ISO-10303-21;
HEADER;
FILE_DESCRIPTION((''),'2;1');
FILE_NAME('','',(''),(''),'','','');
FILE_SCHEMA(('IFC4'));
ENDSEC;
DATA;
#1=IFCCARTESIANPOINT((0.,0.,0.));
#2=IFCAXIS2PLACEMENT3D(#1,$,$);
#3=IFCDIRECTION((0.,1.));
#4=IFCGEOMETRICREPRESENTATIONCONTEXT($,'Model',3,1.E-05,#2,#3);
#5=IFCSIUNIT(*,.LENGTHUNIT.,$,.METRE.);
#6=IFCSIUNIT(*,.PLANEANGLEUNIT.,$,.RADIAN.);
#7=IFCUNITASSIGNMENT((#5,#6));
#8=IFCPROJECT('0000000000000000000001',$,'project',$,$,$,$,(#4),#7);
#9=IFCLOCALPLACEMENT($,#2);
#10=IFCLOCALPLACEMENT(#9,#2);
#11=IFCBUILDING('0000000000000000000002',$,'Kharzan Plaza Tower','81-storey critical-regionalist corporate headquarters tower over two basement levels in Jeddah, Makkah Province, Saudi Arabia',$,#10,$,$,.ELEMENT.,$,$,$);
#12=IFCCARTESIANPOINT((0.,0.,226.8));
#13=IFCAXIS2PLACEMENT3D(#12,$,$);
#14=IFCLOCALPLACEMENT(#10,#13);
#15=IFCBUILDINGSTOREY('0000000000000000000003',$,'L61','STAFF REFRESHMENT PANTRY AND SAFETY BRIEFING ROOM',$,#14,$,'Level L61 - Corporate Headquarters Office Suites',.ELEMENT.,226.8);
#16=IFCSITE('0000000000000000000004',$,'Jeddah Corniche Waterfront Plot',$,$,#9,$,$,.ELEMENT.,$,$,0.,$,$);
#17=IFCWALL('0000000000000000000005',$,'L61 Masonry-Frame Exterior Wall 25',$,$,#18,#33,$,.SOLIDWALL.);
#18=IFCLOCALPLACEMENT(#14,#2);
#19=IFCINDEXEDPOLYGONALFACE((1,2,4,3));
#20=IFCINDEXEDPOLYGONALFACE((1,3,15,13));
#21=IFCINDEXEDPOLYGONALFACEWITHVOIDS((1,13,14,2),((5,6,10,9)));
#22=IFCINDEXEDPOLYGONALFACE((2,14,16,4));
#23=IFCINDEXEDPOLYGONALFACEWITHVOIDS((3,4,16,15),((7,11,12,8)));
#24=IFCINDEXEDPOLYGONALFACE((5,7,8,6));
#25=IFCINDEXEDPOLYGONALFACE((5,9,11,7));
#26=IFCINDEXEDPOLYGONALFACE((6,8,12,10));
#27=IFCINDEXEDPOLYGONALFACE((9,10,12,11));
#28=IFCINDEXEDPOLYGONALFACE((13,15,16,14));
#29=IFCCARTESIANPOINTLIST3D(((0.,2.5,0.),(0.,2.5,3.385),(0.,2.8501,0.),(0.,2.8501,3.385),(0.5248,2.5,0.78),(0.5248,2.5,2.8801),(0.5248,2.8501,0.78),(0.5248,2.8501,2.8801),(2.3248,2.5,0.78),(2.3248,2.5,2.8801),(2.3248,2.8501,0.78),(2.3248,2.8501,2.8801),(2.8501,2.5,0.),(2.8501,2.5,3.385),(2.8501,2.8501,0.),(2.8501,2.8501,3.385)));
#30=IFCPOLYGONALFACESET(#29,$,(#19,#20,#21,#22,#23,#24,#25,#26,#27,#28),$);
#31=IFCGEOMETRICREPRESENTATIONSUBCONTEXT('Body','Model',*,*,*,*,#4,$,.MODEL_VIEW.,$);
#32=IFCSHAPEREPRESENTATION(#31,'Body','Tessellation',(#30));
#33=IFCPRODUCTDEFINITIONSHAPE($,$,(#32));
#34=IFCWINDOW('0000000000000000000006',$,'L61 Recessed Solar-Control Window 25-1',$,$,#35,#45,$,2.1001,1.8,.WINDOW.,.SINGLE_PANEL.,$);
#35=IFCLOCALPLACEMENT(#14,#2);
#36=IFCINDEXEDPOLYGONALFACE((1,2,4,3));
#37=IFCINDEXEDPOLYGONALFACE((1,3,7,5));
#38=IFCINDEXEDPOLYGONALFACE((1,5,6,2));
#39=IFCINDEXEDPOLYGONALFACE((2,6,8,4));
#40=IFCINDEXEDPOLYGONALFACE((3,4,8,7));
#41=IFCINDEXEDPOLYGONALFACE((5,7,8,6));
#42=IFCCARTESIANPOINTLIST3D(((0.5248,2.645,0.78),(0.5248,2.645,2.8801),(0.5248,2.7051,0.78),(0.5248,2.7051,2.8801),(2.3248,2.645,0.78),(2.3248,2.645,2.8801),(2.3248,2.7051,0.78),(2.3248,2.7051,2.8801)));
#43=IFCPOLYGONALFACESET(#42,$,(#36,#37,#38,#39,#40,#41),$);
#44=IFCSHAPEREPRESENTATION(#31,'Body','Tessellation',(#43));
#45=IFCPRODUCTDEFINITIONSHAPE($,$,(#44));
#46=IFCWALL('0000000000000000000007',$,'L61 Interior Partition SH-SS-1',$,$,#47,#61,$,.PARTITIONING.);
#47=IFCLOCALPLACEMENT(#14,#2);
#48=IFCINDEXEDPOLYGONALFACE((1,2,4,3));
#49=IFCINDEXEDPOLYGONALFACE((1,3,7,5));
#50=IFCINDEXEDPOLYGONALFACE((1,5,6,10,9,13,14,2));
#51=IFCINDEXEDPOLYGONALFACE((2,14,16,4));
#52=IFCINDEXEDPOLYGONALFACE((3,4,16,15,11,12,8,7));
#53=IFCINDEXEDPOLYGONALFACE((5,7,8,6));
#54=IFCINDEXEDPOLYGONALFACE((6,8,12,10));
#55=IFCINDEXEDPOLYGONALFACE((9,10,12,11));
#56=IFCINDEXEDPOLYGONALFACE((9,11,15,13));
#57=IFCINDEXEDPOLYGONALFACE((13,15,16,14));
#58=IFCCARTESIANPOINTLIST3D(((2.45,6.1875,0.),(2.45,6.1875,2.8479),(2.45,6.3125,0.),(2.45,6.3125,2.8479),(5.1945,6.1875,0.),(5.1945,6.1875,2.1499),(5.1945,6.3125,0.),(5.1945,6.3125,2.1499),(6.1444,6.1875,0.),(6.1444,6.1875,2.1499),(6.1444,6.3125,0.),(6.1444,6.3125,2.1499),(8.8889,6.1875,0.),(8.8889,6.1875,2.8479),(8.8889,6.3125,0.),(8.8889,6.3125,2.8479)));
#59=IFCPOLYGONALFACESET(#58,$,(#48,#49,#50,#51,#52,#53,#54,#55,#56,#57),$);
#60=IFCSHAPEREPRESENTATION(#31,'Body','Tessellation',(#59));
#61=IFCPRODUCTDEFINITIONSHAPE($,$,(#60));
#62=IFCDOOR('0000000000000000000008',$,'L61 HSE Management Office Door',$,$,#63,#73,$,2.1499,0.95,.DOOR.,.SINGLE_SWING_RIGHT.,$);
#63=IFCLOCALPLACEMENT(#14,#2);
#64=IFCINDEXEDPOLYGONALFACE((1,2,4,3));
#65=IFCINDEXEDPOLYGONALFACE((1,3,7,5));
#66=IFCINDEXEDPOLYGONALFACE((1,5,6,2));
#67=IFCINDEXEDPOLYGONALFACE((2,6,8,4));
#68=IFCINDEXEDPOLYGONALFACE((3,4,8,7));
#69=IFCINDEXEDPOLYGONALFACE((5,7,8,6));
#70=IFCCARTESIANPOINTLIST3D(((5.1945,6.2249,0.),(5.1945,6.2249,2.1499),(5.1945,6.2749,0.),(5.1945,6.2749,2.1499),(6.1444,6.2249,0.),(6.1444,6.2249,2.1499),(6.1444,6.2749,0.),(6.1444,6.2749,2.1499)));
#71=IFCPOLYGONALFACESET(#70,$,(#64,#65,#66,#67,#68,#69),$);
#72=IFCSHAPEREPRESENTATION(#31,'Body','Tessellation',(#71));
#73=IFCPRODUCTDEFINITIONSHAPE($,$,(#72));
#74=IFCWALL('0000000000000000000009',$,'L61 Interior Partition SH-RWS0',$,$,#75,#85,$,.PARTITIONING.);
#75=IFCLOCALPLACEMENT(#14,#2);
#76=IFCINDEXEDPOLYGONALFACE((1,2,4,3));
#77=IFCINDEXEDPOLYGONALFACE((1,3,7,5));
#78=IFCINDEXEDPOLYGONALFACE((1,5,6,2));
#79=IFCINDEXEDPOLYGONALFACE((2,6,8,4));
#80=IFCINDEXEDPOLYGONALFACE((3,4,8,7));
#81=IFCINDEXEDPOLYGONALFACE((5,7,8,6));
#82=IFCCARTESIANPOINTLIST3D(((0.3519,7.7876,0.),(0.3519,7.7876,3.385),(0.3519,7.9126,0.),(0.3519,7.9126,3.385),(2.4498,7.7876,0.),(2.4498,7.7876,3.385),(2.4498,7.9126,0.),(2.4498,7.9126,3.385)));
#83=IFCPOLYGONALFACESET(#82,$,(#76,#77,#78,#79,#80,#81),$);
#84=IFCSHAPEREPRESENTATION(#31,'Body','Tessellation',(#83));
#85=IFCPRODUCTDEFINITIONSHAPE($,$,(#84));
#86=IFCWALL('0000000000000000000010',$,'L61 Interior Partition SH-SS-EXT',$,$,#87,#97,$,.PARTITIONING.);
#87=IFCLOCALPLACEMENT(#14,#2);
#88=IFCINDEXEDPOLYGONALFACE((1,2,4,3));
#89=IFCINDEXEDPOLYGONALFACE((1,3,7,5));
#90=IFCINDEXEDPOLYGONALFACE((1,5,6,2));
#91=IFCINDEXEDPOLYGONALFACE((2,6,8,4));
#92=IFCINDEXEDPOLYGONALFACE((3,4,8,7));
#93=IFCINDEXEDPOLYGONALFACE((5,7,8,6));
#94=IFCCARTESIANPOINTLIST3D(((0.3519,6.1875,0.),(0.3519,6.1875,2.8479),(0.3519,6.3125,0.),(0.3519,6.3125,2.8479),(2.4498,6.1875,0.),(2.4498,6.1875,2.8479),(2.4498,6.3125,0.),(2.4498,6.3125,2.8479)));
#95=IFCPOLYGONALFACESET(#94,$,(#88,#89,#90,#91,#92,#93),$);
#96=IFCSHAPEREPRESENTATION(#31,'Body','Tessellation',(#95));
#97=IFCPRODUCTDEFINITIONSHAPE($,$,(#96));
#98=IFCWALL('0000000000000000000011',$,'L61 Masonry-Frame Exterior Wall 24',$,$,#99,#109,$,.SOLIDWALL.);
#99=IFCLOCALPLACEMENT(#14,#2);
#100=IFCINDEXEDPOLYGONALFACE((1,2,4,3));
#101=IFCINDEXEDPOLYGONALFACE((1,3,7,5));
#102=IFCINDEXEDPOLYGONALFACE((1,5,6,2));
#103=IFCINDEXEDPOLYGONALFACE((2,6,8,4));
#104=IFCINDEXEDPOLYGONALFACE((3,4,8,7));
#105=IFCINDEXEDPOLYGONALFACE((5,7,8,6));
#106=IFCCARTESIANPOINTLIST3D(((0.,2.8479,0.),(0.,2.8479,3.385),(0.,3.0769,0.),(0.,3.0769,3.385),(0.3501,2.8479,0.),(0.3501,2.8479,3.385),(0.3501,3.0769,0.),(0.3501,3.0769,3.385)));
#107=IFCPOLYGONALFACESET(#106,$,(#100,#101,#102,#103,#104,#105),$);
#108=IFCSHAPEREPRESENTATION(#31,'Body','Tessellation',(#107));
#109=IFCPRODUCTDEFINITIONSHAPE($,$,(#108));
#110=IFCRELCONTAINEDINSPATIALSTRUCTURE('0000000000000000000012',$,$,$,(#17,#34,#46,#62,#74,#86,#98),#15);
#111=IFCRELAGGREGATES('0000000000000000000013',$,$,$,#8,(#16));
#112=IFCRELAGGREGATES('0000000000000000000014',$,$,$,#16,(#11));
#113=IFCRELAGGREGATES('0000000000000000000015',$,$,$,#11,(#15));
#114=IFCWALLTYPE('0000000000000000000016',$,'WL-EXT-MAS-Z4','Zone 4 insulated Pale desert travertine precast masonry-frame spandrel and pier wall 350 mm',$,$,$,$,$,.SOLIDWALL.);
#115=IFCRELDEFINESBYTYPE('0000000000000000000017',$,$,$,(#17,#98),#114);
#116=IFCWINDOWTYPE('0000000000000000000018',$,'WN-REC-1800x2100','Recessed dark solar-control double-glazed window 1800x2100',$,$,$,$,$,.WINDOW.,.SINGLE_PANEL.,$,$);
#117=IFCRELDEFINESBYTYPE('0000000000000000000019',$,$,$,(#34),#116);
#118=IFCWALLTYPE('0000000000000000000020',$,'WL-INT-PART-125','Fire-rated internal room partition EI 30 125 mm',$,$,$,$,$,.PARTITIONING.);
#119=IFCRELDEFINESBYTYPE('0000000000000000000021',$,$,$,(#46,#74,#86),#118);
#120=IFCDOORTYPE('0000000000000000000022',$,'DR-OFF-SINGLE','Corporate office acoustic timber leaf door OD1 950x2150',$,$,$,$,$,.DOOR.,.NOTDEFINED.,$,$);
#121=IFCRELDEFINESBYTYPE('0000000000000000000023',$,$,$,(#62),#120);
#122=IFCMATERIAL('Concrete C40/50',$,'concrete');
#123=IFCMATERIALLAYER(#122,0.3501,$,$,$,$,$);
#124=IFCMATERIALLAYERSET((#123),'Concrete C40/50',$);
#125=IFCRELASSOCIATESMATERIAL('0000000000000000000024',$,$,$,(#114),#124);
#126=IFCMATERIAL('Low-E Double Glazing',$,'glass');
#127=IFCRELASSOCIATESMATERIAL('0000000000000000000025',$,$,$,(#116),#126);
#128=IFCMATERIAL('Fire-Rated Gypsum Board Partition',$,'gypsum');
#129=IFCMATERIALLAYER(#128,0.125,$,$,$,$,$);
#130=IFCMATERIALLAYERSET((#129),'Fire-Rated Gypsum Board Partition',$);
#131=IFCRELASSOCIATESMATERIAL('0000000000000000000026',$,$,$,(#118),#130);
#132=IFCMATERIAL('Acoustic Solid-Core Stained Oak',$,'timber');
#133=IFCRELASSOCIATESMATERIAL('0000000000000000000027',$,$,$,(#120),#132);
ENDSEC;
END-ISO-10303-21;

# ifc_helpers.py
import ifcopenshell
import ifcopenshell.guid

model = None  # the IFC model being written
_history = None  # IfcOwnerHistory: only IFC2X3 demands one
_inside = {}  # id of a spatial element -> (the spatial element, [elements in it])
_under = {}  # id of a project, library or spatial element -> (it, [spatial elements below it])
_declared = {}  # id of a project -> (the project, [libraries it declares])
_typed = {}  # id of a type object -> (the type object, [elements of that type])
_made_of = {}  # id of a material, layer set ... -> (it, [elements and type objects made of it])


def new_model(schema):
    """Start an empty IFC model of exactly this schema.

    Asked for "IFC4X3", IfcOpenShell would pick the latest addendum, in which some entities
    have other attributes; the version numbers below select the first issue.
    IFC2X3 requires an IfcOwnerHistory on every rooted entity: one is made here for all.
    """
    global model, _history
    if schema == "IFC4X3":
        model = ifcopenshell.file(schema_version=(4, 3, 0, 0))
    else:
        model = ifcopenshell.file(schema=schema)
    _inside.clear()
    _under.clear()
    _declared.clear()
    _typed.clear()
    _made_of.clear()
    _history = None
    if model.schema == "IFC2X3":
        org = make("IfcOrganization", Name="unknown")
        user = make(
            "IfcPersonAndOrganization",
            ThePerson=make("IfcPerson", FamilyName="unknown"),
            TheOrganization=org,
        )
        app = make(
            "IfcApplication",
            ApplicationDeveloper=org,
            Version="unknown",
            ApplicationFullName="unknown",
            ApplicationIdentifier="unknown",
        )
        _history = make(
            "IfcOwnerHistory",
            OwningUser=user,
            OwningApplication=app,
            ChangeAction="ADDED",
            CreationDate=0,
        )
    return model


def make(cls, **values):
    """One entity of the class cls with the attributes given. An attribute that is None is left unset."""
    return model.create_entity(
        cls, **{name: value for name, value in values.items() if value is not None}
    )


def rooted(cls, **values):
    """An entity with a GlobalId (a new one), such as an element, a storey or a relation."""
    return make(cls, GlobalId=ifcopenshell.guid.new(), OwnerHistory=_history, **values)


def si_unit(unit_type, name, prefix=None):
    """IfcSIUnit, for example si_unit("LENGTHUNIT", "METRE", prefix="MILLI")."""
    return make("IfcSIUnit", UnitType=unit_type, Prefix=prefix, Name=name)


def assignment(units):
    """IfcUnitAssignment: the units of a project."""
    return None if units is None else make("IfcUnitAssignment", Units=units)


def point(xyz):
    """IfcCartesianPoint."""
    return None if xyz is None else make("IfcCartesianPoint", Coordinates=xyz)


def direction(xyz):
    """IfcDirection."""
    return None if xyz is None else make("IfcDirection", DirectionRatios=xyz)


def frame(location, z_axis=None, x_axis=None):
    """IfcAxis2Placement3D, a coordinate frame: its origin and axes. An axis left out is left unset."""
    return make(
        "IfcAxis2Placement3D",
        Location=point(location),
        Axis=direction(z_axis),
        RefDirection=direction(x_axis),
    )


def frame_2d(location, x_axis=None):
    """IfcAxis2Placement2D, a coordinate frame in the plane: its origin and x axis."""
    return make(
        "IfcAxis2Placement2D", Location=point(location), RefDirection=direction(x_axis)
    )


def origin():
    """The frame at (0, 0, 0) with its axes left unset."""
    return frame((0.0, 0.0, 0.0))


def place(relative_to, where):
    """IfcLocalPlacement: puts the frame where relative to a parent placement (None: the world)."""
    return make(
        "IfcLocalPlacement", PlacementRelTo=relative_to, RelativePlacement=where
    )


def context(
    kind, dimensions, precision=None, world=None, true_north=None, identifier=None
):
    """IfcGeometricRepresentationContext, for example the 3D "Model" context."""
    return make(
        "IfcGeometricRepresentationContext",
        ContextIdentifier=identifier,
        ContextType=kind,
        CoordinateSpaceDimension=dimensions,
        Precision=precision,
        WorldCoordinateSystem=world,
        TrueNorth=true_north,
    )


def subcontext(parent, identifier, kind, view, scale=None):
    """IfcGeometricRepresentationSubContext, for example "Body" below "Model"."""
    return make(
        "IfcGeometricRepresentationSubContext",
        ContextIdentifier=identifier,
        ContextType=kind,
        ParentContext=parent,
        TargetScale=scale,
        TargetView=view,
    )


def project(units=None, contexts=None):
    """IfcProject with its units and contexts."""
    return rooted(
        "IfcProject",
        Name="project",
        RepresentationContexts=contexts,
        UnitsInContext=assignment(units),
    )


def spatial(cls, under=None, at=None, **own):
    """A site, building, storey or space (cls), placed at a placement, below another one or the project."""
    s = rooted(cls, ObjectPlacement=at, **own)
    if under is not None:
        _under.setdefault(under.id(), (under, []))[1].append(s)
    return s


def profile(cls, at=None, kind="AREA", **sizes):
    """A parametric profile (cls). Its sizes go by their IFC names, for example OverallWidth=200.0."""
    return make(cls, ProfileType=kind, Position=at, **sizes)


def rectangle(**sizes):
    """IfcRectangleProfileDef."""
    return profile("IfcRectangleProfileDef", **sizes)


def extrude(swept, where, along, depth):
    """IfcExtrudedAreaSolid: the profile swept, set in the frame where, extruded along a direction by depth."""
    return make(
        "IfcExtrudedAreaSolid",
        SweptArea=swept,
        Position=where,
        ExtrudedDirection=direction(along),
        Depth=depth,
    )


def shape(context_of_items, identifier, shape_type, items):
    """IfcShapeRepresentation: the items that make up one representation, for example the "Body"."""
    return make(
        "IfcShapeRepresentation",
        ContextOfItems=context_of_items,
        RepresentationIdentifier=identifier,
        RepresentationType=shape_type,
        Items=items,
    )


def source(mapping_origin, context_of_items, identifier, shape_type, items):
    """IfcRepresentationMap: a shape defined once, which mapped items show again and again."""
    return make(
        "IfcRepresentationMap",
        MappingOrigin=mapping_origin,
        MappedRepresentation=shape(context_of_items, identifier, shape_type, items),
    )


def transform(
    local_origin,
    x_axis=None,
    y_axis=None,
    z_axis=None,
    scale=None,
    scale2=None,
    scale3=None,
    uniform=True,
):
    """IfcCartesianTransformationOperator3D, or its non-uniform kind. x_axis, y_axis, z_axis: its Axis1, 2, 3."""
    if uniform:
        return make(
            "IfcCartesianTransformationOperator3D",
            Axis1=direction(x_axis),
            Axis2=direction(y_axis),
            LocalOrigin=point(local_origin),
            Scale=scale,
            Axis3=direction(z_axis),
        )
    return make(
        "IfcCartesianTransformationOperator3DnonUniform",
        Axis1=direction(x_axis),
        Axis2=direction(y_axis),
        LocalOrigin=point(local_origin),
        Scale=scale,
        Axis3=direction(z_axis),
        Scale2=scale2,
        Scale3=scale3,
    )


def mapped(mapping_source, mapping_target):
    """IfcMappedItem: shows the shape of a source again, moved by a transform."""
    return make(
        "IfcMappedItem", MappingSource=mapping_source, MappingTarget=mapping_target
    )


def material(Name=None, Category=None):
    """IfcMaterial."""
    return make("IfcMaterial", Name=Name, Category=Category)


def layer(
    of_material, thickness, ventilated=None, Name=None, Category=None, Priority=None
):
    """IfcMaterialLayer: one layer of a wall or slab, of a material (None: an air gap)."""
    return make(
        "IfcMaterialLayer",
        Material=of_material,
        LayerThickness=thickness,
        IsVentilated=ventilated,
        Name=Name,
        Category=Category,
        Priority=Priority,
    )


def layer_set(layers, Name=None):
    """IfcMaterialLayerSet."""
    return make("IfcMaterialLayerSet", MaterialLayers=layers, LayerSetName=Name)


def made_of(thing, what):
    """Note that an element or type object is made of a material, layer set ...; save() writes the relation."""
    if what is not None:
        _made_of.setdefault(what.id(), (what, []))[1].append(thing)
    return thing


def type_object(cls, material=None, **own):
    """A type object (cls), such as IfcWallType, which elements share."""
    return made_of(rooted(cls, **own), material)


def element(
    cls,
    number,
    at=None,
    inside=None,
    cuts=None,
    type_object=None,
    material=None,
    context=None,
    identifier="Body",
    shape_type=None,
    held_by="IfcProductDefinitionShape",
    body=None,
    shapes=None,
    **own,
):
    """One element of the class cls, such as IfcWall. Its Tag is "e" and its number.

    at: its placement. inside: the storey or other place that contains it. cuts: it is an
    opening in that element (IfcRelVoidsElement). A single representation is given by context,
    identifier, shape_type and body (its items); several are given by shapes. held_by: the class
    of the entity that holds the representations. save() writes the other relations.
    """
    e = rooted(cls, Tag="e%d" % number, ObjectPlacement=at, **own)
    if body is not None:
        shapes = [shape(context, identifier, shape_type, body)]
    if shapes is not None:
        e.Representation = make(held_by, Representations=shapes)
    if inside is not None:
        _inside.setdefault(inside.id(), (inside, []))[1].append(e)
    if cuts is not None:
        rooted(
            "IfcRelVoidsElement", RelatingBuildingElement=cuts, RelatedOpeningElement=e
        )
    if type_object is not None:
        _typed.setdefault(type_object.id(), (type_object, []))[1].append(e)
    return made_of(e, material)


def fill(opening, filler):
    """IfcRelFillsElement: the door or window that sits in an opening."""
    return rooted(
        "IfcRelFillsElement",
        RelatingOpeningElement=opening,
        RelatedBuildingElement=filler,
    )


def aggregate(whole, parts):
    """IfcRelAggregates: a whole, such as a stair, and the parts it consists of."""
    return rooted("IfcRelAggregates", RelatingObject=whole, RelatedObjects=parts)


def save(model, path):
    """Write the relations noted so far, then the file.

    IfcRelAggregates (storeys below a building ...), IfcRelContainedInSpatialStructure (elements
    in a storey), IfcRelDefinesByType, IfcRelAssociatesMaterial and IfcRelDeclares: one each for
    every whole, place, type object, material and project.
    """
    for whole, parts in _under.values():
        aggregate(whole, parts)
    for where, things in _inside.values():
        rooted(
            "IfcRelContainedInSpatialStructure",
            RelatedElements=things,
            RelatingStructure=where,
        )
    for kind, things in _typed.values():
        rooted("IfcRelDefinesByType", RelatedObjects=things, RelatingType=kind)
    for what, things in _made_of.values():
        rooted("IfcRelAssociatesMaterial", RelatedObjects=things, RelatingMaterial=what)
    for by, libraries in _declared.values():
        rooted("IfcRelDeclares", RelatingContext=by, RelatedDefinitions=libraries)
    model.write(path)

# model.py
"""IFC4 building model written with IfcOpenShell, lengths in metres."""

from ifc_helpers import new_model, si_unit, direction, frame, frame_2d, origin, place, context, subcontext, project, spatial, rectangle, extrude, source, transform, mapped, material, layer, layer_set, type_object, element, fill, save


model = new_model("IFC4")

# Units and contexts
model_context = context("Model", 3, precision=1e-05, world=origin(), true_north=direction((0.0, 1.0)))
body_context = subcontext(model_context, "Body", "Model", "MODEL_VIEW")
ifc_project = project(units=[si_unit("LENGTHUNIT", "METRE"), si_unit("PLANEANGLEUNIT", "RADIAN")], contexts=[model_context])

# Site, building, storey
site_placement = place(None, origin())
site = spatial("IfcSite", under=ifc_project, at=site_placement, Name="Jeddah Corniche Waterfront Plot", CompositionType="ELEMENT", RefElevation=0.0)
building_placement = place(site_placement, origin())
building = spatial("IfcBuilding", under=site, at=building_placement, Name="Kharzan Plaza Tower", Description="81-storey critical-regionalist corporate headquarters tower over two basement levels in Jeddah, Makkah Province, Saudi Arabia", CompositionType="ELEMENT")
storey_placement = place(building_placement, frame((0.0, 0.0, 226.8)))
storey = spatial("IfcBuildingStorey", under=building, at=storey_placement, Name="L61", Description="STAFF REFRESHMENT PANTRY AND SAFETY BRIEFING ROOM", LongName="Level L61 - Corporate Headquarters Office Suites", CompositionType="ELEMENT", Elevation=226.8)

# Shared definitions
ifc_material_1 = material(Name="Concrete C40/50", Category="concrete")

# Wall, opening, window
ifc_layer_1 = layer(ifc_material_1, 0.3501)
ifc_layer_set_1 = layer_set([ifc_layer_1], Name="Concrete C40/50")
wall_type_1 = type_object("IfcWallType", Name="WL-EXT-MAS-Z4", Description="Zone 4 insulated Pale desert travertine precast masonry-frame spandrel and pier wall 350 mm", PredefinedType="SOLIDWALL", material=ifc_layer_set_1)
ifc_material_2 = material(Name="Low-E Double Glazing", Category="glass")
wall_1_placement = place(storey_placement, frame((0.0, 2.675, 0.0), z_axis=(0.0, 0.0, 1.0), x_axis=(1.0, 0.0, 0.0)))
wall_1 = element("IfcWall", 1, at=wall_1_placement, inside=storey, type_object=wall_type_1, Name="L61 Masonry-Frame Exterior Wall 25", PredefinedType="SOLIDWALL", context=body_context, shape_type="SweptSolid", body=[
    extrude(rectangle(XDim=2.8501, YDim=0.3501, at=frame_2d((1.425, 0.0))), origin(), (0.0, 0.0, 1.0), 3.385),
])
opening_1_placement = place(wall_1_placement, frame((0.5249, 0.0, 0.78)))
opening_1 = element("IfcOpeningElement", 2, at=opening_1_placement, cuts=wall_1, PredefinedType="OPENING", context=body_context, shape_type="SweptSolid", body=[
    extrude(rectangle(XDim=1.8, YDim=2.1001, at=frame_2d((0.8999, 1.05))), frame((0.0, 0.1851, 0.0), z_axis=(0.0, -1.0, 0.0), x_axis=(1.0, 0.0, 0.0)), (0.0, 0.0, 1.0), 0.3701),
])
window_type_1 = type_object("IfcWindowType", Name="WN-REC-1800x2100", Description="Recessed dark solar-control double-glazed window 1800x2100", PartitioningType="SINGLE_PANEL", PredefinedType="WINDOW", material=ifc_material_2)
shared_shape_1 = source(origin(), body_context, "Body", "SweptSolid", [
    extrude(rectangle(XDim=1.8, YDim=2.1001, at=frame_2d((0.8999, 1.05))), frame((0.0, 0.03, 0.0), z_axis=(0.0, -1.0, 0.0), x_axis=(1.0, 0.0, 0.0)), (0.0, 0.0, 1.0), 0.0601),
])
window_1_placement = place(opening_1_placement, origin())
window_1 = element("IfcWindow", 3, at=window_1_placement, inside=storey, type_object=window_type_1, Name="L61 Recessed Solar-Control Window 25-1", OverallHeight=2.1001, OverallWidth=1.8, PartitioningType="SINGLE_PANEL", PredefinedType="WINDOW", context=body_context, shape_type="MappedRepresentation", body=[
    mapped(shared_shape_1, transform((0.0, 0.0, 0.0), x_axis=(1.0, 0.0, 0.0), y_axis=(0.0, 1.0, 0.0), z_axis=(0.0, 0.0, 1.0))),
])
fill(opening_1, window_1)

# Wall, opening, door
ifc_material_3 = material(Name="Fire-Rated Gypsum Board Partition", Category="gypsum")
ifc_layer_2 = layer(ifc_material_3, 0.125)
ifc_layer_set_2 = layer_set([ifc_layer_2], Name="Fire-Rated Gypsum Board Partition")
wall_type_2 = type_object("IfcWallType", Name="WL-INT-PART-125", Description="Fire-rated internal room partition EI 30 125 mm", PredefinedType="PARTITIONING", material=ifc_layer_set_2)
wall_2_placement = place(storey_placement, frame((2.45, 6.25, 0.0), z_axis=(0.0, 0.0, 1.0), x_axis=(1.0, 0.0, 0.0)))
wall_2 = element("IfcWall", 4, at=wall_2_placement, inside=storey, type_object=wall_type_2, Name="L61 Interior Partition SH-SS-1", PredefinedType="PARTITIONING", context=body_context, shape_type="SweptSolid", body=[
    extrude(rectangle(XDim=6.439, YDim=0.125, at=frame_2d((3.2195, 0.0))), origin(), (0.0, 0.0, 1.0), 2.8479),
])
opening_2_placement = place(wall_2_placement, frame((2.7444, 0.0, 0.0)))
opening_2 = element("IfcOpeningElement", 5, at=opening_2_placement, cuts=wall_2, PredefinedType="OPENING", context=body_context, shape_type="SweptSolid", body=[
    extrude(rectangle(XDim=0.95, YDim=2.1499, at=frame_2d((0.4751, 1.075))), frame((0.0, 0.0725, 0.0), z_axis=(0.0, -1.0, 0.0), x_axis=(1.0, 0.0, 0.0)), (0.0, 0.0, 1.0), 0.145),
])
ifc_material_4 = material(Name="Acoustic Solid-Core Stained Oak", Category="timber")
door_type = type_object("IfcDoorType", Name="DR-OFF-SINGLE", Description="Corporate office acoustic timber leaf door OD1 950x2150", OperationType="NOTDEFINED", PredefinedType="DOOR", material=ifc_material_4)
shared_shape_2 = source(origin(), body_context, "Body", "SweptSolid", [
    extrude(rectangle(XDim=0.95, YDim=2.1499, at=frame_2d((0.4751, 1.075))), frame((0.0, 0.0249, 0.0), z_axis=(0.0, -1.0, 0.0), x_axis=(1.0, 0.0, 0.0)), (0.0, 0.0, 1.0), 0.05),
])
door_placement = place(opening_2_placement, origin())
door = element("IfcDoor", 6, at=door_placement, inside=storey, type_object=door_type, Name="L61 HSE Management Office Door", OperationType="SINGLE_SWING_RIGHT", OverallHeight=2.1499, OverallWidth=0.95, PredefinedType="DOOR", context=body_context, shape_type="MappedRepresentation", body=[
    mapped(shared_shape_2, transform((0.0, 0.0, 0.0), x_axis=(1.0, 0.0, 0.0), y_axis=(0.0, 1.0, 0.0), z_axis=(0.0, 0.0, 1.0))),
])
fill(opening_2, door)

# Walls
shared_shape_3 = source(origin(), body_context, "Body", "SweptSolid", [
    extrude(rectangle(XDim=2.0979, YDim=0.125, at=frame_2d((1.0488, 0.0))), origin(), (0.0, 0.0, 1.0), 3.385),
])
wall_3_placement = place(storey_placement, frame((0.3521, 7.8501, 0.0), z_axis=(0.0, 0.0, 1.0), x_axis=(1.0, 0.0, 0.0)))
element("IfcWall", 7, at=wall_3_placement, inside=storey, type_object=wall_type_2, Name="L61 Interior Partition SH-RWS0", PredefinedType="PARTITIONING", context=body_context, shape_type="MappedRepresentation", body=[
    mapped(shared_shape_3, transform((0.0, 0.0, 0.0), x_axis=(1.0, 0.0, 0.0), y_axis=(0.0, 1.0, 0.0), z_axis=(0.0, 0.0, 1.0))),
])
shared_shape_4 = source(origin(), body_context, "Body", "SweptSolid", [
    extrude(rectangle(XDim=2.0979, YDim=0.125, at=frame_2d((1.0488, 0.0))), origin(), (0.0, 0.0, 1.0), 2.8479),
])
wall_4_placement = place(storey_placement, frame((0.3521, 6.25, 0.0), z_axis=(0.0, 0.0, 1.0), x_axis=(1.0, 0.0, 0.0)))
element("IfcWall", 8, at=wall_4_placement, inside=storey, type_object=wall_type_2, Name="L61 Interior Partition SH-SS-EXT", PredefinedType="PARTITIONING", context=body_context, shape_type="MappedRepresentation", body=[
    mapped(shared_shape_4, transform((0.0, 0.0, 0.0), x_axis=(1.0, 0.0, 0.0), y_axis=(0.0, 1.0, 0.0), z_axis=(0.0, 0.0, 1.0))),
])
shared_shape_5 = source(origin(), body_context, "Body", "SweptSolid", [
    extrude(rectangle(XDim=0.229, YDim=0.3501, at=frame_2d((0.1145, 0.0))), origin(), (0.0, 0.0, 1.0), 3.385),
])
wall_5_placement = place(storey_placement, frame((0.175, 3.0769, 0.0), z_axis=(0.0, 0.0, 1.0), x_axis=(0.0, -1.0, 0.0)))
element("IfcWall", 9, at=wall_5_placement, inside=storey, type_object=wall_type_1, Name="L61 Masonry-Frame Exterior Wall 24", PredefinedType="SOLIDWALL", context=body_context, shape_type="MappedRepresentation", body=[
    mapped(shared_shape_5, transform((0.0, 0.0, 0.0), x_axis=(1.0, 0.0, 0.0), y_axis=(0.0, 1.0, 0.0), z_axis=(0.0, 0.0, 1.0))),
])

save(model, "model.ifc")
